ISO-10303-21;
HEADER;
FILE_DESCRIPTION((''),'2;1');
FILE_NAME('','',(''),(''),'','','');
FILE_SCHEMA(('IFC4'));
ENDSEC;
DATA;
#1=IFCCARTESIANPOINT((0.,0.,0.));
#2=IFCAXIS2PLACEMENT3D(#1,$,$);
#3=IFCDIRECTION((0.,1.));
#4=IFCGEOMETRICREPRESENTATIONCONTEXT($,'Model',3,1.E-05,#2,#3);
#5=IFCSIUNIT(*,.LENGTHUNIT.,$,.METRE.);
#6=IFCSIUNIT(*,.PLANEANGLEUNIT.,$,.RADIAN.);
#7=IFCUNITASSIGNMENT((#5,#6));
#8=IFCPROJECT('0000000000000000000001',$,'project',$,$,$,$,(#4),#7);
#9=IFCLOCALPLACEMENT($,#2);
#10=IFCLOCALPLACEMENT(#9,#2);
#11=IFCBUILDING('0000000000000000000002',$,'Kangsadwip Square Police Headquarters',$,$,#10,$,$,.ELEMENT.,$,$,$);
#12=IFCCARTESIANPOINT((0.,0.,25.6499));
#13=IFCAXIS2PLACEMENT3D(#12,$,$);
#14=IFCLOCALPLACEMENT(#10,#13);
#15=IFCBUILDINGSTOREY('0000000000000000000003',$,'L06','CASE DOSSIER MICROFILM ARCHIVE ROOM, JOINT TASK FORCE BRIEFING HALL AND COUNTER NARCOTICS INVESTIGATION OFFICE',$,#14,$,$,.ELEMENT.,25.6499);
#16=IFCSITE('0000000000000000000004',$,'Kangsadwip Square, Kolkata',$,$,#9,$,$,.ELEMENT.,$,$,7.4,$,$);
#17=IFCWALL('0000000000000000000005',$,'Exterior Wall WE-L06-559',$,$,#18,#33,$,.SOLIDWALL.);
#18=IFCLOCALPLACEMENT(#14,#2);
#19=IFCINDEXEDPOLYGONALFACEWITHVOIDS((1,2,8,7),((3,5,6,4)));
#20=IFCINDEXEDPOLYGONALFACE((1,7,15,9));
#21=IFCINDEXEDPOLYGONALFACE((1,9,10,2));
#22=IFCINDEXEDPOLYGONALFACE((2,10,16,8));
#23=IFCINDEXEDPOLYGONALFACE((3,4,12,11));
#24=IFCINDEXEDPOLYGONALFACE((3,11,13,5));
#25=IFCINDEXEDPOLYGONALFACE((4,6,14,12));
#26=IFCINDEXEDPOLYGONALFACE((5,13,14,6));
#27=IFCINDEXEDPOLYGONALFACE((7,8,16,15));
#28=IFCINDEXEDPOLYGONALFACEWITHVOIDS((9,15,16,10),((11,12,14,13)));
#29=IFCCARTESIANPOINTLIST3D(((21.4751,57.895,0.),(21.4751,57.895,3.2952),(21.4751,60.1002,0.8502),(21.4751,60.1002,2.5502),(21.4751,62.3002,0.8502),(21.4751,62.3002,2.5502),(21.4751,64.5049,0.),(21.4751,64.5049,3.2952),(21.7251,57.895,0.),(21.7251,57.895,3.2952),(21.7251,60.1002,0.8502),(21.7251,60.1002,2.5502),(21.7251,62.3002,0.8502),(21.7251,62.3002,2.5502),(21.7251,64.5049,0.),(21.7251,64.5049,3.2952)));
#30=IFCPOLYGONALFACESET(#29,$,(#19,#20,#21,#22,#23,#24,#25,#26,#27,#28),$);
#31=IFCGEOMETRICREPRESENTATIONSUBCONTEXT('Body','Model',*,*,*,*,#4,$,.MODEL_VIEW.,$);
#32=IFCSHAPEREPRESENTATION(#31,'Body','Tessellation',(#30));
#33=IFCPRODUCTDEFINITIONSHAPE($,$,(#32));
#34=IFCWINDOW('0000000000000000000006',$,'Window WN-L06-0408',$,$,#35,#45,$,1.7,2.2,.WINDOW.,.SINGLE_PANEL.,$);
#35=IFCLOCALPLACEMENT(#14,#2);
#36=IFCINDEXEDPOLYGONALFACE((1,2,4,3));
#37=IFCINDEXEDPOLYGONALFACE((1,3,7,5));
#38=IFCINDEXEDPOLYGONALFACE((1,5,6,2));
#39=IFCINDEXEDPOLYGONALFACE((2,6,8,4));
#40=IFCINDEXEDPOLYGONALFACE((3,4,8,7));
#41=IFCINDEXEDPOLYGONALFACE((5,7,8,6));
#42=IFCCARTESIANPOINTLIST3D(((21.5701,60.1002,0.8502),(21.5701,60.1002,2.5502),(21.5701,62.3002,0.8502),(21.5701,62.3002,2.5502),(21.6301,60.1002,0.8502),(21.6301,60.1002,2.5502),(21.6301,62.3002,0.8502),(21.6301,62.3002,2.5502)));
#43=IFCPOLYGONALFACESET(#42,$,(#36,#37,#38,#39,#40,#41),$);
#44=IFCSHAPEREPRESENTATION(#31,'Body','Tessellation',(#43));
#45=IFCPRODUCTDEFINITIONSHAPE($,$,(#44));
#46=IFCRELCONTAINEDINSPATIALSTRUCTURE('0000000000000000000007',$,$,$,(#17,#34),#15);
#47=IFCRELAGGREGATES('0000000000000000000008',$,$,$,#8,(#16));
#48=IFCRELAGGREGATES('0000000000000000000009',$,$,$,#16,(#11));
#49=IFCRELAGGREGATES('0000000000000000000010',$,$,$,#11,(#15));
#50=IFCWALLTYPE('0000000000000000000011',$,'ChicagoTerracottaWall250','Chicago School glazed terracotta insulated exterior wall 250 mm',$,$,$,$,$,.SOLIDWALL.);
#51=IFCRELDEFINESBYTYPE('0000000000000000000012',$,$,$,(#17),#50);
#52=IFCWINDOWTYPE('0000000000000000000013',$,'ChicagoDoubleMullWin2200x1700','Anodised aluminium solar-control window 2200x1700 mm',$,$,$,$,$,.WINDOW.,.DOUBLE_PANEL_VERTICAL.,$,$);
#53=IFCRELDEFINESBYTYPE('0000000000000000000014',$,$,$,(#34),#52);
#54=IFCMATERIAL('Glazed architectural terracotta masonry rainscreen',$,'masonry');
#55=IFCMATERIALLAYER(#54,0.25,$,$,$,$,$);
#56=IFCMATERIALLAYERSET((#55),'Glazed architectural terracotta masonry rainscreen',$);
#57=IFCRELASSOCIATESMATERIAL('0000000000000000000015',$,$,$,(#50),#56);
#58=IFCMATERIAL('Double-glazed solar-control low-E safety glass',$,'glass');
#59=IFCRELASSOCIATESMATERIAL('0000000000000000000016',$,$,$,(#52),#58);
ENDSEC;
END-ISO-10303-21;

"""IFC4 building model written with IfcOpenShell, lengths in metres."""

from ifc_helpers import new_model, si_unit, direction, frame, frame_2d, origin, place, context, subcontext, project, spatial, rectangle, extrude, material, layer, layer_set, type_object, element, fill, save


model = new_model("IFC4")

# Units and contexts
model_context = context("Model", 3, precision=1e-05, world=origin(), true_north=direction((0.0, 1.0)))
body_context = subcontext(model_context, "Body", "Model", "MODEL_VIEW")
ifc_project = project(units=[si_unit("LENGTHUNIT", "METRE"), si_unit("PLANEANGLEUNIT", "RADIAN")], contexts=[model_context])

# Site, building, storey
site_placement = place(None, origin())
site = spatial("IfcSite", under=ifc_project, at=site_placement, Name="Kangsadwip Square, Kolkata", CompositionType="ELEMENT", RefElevation=7.4)
building_placement = place(site_placement, origin())
building = spatial("IfcBuilding", under=site, at=building_placement, Name="Kangsadwip Square Police Headquarters", CompositionType="ELEMENT")
storey_placement = place(building_placement, frame((0.0, 0.0, 25.6499)))
storey = spatial("IfcBuildingStorey", under=building, at=storey_placement, Name="L06", Description="CASE DOSSIER MICROFILM ARCHIVE ROOM, JOINT TASK FORCE BRIEFING HALL AND COUNTER NARCOTICS INVESTIGATION OFFICE", CompositionType="ELEMENT", Elevation=25.6499)

# Wall, opening, window
ifc_material_1 = material(Name="Glazed architectural terracotta masonry rainscreen", Category="masonry")
ifc_layer_1 = layer(ifc_material_1, 0.25)
ifc_layer_set_1 = layer_set([ifc_layer_1], Name="Glazed architectural terracotta masonry rainscreen")
wall_type = type_object("IfcWallType", Name="ChicagoTerracottaWall250", Description="Chicago School glazed terracotta insulated exterior wall 250 mm", PredefinedType="SOLIDWALL", material=ifc_layer_set_1)
wall_1_placement = place(storey_placement, frame((21.6001, 57.895, 0.0), z_axis=(0.0, 0.0, 1.0), x_axis=(0.0, 1.0, 0.0)))
wall_1 = element("IfcWall", 1, at=wall_1_placement, inside=storey, type_object=wall_type, Name="Exterior Wall WE-L06-559", PredefinedType="SOLIDWALL", context=body_context, shape_type="SweptSolid", body=[
    extrude(rectangle(XDim=6.6099, YDim=0.25, at=frame_2d((3.3049, 0.0))), origin(), (0.0, 0.0, 1.0), 3.2952),
])
opening_1_placement = place(wall_1_placement, frame((2.2051, 0.0, 0.8501)))
opening_1 = element("IfcOpeningElement", 2, at=opening_1_placement, cuts=wall_1, PredefinedType="OPENING", context=body_context, shape_type="SweptSolid", body=[
    extrude(rectangle(XDim=2.2, YDim=1.7, at=frame_2d((1.1001, 0.8501))), frame((0.0, 0.135, 0.0), z_axis=(0.0, -1.0, 0.0), x_axis=(1.0, 0.0, 0.0)), (0.0, 0.0, 1.0), 0.27),
])
ifc_material_2 = material(Name="Double-glazed solar-control low-E safety glass", Category="glass")
window_type_1 = type_object("IfcWindowType", Name="ChicagoDoubleMullWin2200x1700", Description="Anodised aluminium solar-control window 2200x1700 mm", PartitioningType="DOUBLE_PANEL_VERTICAL", PredefinedType="WINDOW", material=ifc_material_2)
window_1_placement = place(opening_1_placement, origin())
window_1 = element("IfcWindow", 3, at=window_1_placement, inside=storey, type_object=window_type_1, Name="Window WN-L06-0408", OverallHeight=1.7, OverallWidth=2.2, PartitioningType="SINGLE_PANEL", PredefinedType="WINDOW", context=body_context, shape_type="SweptSolid", body=[
    extrude(rectangle(XDim=2.2, YDim=1.7, at=frame_2d((1.1001, 0.8501))), frame((0.0, 0.03, 0.0), z_axis=(0.0, -1.0, 0.0), x_axis=(1.0, 0.0, 0.0)), (0.0, 0.0, 1.0), 0.0601),
])
fill(opening_1, window_1)

save(model, "model.ifc")
